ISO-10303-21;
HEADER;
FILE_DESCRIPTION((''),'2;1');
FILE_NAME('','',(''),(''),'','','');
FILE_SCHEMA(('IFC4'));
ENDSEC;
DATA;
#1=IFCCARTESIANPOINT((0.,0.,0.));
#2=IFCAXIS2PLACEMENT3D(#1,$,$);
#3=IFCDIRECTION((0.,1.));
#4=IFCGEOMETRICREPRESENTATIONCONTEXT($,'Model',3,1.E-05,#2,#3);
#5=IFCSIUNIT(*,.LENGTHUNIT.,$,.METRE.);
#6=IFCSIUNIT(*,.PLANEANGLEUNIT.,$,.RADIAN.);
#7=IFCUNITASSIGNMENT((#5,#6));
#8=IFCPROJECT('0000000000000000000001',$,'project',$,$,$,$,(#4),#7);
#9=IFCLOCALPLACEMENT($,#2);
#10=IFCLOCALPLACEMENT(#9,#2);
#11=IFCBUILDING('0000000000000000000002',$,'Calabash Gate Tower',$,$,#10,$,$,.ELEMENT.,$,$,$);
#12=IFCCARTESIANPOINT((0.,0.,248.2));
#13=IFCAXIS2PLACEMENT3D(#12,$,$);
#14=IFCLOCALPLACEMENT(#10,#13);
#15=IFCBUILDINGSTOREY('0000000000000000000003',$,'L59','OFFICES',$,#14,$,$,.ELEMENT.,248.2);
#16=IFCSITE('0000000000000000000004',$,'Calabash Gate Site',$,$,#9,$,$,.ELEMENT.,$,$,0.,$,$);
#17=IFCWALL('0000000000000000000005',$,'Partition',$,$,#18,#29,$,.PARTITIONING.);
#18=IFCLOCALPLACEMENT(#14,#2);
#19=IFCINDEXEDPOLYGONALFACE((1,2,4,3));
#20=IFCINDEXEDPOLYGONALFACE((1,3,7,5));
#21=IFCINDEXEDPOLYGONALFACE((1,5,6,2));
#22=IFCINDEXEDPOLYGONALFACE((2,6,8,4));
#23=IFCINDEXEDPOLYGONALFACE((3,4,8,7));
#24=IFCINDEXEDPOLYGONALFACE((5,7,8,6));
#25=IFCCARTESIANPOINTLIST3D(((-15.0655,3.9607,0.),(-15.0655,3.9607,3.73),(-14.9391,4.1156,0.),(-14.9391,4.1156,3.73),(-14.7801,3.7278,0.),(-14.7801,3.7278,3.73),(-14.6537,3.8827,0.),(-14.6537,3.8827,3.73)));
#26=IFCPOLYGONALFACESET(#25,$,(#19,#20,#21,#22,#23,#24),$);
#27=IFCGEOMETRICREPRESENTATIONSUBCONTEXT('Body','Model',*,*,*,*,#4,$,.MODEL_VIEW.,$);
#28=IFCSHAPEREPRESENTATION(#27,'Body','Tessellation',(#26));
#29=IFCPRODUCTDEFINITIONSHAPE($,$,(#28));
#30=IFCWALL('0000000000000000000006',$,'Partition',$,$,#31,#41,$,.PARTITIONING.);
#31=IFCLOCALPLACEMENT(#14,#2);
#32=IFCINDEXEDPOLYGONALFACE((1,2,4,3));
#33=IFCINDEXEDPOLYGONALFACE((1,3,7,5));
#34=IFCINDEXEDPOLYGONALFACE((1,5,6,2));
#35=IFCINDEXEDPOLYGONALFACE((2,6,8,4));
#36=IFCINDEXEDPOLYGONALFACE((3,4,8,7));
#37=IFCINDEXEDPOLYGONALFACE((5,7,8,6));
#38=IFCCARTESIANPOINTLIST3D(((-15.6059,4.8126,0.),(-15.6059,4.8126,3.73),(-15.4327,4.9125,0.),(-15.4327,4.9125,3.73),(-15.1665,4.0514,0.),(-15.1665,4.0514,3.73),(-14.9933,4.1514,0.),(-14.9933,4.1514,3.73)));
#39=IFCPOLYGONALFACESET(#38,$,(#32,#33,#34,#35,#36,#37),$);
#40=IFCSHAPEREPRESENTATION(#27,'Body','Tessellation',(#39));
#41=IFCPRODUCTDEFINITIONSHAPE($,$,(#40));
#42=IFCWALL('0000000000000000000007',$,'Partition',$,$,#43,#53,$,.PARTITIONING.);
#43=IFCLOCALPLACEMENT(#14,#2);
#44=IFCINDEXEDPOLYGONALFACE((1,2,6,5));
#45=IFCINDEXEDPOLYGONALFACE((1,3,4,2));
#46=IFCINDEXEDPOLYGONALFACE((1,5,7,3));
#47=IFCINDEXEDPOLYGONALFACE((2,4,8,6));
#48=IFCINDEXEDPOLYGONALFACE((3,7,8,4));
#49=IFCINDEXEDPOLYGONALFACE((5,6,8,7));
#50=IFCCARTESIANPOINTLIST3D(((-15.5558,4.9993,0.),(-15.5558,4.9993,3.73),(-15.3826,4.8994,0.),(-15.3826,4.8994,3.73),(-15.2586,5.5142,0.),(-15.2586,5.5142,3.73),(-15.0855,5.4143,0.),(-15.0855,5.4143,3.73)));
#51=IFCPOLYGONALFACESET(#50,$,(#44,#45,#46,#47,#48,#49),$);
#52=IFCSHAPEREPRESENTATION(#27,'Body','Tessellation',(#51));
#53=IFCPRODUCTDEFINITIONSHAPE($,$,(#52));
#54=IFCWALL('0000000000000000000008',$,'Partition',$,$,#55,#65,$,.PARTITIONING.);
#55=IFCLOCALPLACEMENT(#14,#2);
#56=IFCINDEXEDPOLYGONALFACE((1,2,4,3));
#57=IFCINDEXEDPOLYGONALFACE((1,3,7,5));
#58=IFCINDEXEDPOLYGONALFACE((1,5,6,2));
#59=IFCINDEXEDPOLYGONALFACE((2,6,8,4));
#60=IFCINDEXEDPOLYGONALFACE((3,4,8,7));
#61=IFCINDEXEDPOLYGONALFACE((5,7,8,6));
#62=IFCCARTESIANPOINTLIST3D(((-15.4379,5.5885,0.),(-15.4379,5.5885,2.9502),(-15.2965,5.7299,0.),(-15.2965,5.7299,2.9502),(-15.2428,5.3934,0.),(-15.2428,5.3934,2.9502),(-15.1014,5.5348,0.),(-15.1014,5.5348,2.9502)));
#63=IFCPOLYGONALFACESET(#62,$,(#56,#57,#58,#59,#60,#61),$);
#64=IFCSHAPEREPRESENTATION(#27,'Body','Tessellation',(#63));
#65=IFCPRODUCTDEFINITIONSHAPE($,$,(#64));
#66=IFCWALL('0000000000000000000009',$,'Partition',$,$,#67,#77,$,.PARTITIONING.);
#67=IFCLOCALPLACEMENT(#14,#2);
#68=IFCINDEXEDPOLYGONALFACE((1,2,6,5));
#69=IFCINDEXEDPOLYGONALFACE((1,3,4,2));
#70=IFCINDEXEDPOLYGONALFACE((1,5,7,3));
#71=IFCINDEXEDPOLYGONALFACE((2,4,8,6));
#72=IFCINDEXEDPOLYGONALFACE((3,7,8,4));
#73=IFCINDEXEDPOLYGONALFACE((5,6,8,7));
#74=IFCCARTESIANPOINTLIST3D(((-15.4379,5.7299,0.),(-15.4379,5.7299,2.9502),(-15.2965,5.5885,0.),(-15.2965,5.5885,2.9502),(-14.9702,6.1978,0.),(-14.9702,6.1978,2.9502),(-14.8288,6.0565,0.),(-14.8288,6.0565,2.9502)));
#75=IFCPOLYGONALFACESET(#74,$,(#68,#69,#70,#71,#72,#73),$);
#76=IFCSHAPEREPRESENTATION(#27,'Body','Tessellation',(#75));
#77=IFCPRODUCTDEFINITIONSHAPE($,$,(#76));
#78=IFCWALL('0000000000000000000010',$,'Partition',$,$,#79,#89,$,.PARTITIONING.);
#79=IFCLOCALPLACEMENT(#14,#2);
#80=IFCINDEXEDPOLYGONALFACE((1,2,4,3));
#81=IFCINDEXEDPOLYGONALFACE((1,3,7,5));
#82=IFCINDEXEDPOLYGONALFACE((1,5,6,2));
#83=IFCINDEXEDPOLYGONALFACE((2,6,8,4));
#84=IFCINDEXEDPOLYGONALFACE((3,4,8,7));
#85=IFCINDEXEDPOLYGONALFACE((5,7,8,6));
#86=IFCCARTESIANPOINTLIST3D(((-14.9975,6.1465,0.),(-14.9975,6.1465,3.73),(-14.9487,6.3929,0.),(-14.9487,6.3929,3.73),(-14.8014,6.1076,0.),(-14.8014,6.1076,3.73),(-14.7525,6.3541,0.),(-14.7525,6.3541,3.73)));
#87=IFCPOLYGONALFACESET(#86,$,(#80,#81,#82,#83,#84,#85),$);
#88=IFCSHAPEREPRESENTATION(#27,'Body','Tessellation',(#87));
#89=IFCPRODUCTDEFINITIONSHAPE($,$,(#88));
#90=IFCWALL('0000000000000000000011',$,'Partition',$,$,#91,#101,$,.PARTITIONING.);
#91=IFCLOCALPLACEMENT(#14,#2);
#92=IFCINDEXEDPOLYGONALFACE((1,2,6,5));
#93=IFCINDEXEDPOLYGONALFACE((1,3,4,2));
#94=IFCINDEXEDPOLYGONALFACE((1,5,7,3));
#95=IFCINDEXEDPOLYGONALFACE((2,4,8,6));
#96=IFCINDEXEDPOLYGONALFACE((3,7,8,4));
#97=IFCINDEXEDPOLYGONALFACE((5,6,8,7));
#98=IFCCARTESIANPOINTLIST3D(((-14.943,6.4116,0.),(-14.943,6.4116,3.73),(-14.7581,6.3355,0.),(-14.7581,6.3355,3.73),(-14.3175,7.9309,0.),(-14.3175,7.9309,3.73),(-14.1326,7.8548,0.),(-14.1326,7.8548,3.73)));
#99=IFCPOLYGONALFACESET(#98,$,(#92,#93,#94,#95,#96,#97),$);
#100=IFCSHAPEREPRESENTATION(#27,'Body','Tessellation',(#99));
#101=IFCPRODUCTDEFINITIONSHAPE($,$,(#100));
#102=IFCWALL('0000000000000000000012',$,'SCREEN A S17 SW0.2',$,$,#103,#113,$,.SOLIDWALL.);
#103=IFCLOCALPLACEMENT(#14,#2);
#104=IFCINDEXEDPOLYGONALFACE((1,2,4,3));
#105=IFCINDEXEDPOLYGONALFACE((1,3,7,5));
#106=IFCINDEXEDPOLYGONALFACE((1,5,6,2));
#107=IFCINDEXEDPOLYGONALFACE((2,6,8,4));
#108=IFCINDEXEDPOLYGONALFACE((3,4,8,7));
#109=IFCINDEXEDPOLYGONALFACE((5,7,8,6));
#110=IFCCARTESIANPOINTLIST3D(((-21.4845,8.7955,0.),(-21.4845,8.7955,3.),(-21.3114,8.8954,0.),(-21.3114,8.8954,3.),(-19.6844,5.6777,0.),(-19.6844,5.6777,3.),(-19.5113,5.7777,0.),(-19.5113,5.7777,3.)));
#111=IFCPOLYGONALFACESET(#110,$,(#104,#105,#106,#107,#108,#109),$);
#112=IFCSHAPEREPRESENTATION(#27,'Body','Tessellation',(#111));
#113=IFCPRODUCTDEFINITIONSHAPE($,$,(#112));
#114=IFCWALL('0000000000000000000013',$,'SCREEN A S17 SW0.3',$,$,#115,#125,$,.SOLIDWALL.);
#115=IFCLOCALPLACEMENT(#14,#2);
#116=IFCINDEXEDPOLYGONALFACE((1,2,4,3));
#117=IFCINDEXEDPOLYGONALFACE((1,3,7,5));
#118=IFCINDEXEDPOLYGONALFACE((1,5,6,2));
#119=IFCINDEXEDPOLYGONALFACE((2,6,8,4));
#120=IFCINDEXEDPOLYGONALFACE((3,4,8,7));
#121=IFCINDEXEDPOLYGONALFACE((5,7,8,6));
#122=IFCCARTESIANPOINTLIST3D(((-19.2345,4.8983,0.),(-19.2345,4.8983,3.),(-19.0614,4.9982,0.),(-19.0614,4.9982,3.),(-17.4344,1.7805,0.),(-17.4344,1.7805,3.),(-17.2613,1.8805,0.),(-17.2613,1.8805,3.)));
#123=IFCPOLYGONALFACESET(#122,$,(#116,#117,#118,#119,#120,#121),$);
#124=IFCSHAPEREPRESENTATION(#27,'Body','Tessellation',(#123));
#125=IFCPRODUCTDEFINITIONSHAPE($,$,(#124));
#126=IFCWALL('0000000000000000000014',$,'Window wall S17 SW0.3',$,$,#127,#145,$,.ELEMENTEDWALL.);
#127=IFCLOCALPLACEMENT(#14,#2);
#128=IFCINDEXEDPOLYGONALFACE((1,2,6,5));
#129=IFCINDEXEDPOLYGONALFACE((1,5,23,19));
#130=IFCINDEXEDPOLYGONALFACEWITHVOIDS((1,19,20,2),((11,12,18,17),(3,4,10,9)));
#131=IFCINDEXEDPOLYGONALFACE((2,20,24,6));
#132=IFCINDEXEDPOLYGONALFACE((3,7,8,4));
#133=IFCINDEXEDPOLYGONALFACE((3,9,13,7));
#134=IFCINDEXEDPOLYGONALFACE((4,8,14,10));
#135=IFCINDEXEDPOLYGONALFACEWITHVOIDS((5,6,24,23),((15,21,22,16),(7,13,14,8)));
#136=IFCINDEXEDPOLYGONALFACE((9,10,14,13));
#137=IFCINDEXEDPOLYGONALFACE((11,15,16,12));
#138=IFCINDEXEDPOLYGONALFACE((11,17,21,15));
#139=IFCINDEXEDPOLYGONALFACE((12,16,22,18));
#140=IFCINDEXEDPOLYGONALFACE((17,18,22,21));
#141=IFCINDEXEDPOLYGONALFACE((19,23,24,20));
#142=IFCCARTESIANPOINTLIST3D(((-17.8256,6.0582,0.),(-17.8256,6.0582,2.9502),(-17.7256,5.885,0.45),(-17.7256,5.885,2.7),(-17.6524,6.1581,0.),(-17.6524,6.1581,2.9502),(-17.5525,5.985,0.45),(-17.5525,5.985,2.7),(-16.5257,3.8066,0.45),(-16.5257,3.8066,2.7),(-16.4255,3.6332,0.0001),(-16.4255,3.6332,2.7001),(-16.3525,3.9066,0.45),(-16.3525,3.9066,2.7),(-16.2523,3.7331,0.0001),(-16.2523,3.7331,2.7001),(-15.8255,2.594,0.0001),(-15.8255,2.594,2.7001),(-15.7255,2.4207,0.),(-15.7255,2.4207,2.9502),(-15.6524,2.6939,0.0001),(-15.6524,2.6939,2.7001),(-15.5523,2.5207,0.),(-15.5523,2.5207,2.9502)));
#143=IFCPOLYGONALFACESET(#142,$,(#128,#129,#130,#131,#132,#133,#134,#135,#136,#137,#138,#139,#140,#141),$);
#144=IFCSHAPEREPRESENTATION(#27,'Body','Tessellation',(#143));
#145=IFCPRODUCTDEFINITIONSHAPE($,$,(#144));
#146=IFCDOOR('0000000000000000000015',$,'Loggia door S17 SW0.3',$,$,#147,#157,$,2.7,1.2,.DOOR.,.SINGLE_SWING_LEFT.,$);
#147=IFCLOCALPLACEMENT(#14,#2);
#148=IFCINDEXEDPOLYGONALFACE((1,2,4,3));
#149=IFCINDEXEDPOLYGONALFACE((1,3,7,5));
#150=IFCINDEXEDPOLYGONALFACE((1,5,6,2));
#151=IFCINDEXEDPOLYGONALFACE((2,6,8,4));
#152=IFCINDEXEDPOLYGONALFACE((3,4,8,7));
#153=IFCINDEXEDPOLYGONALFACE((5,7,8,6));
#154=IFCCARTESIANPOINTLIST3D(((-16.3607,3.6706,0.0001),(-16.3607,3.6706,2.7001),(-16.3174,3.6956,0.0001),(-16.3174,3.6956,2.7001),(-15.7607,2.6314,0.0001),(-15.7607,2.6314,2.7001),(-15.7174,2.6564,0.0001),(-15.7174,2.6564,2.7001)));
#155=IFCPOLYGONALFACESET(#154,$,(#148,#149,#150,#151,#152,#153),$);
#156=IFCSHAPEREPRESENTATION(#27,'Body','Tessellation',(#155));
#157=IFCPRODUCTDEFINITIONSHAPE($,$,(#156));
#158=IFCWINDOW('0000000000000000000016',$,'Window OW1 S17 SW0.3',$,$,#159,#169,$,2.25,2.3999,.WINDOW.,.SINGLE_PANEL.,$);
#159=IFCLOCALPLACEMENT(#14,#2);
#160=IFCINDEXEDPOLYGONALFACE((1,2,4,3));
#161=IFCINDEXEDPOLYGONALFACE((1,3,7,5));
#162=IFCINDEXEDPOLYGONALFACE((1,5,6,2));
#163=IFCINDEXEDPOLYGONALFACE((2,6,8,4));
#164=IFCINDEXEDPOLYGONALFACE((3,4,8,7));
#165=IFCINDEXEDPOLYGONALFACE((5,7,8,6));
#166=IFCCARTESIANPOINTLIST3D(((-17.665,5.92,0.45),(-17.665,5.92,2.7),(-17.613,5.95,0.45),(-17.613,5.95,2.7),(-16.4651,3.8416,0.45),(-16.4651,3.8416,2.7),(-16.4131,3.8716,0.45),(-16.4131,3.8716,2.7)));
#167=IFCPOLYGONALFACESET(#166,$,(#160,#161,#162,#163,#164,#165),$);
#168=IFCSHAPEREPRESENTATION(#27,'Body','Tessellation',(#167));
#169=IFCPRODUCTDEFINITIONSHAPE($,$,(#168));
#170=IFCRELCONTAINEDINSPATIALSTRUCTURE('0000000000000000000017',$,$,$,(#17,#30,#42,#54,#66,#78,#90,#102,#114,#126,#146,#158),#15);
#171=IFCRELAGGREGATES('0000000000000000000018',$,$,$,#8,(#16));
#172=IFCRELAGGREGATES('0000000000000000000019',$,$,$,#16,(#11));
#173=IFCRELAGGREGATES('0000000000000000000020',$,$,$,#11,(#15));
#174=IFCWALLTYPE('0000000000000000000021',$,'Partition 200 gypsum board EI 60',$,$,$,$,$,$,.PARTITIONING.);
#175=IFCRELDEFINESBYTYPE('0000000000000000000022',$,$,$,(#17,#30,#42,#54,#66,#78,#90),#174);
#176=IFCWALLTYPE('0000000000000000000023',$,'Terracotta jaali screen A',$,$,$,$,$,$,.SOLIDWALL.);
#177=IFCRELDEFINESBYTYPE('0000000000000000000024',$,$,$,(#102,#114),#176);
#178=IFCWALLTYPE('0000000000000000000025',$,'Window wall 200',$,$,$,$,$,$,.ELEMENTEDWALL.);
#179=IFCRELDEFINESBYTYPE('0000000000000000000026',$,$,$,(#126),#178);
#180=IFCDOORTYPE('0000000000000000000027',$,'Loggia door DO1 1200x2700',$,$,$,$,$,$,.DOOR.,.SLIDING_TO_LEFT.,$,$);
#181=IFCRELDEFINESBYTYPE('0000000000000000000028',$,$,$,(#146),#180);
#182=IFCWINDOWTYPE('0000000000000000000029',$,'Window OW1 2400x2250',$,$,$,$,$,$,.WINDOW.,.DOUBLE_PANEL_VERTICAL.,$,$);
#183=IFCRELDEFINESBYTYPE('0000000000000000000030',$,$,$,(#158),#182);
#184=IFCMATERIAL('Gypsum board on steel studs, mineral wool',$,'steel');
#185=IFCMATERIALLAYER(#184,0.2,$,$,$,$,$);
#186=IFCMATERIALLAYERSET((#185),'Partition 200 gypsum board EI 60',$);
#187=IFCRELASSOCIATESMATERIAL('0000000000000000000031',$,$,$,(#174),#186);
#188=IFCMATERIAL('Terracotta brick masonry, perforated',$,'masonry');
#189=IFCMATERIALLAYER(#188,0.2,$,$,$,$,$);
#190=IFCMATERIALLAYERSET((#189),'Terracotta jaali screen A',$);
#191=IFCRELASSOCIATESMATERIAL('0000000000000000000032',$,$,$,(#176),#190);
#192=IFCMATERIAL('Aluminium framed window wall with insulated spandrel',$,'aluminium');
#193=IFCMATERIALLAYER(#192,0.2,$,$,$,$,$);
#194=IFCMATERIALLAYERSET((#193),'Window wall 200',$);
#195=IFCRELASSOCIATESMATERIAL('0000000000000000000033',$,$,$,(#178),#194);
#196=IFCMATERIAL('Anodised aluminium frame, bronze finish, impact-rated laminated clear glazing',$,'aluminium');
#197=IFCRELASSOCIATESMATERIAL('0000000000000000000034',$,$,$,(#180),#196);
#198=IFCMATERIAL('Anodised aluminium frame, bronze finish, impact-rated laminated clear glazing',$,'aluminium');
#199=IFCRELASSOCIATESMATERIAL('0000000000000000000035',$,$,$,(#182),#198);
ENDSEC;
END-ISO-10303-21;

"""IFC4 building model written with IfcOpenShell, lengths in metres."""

from ifc_helpers import new_model, si_unit, direction, frame, frame_2d, origin, place, context, subcontext, project, spatial, rectangle, extrude, material, layer, layer_set, type_object, element, fill, save


model = new_model("IFC4")

# Units and contexts
model_context = context("Model", 3, precision=1e-05, world=origin(), true_north=direction((0.0, 1.0)))
body_context = subcontext(model_context, "Body", "Model", "MODEL_VIEW")
ifc_project = project(units=[si_unit("LENGTHUNIT", "METRE"), si_unit("PLANEANGLEUNIT", "RADIAN")], contexts=[model_context])

# Site, building, storey
site_placement = place(None, origin())
site = spatial("IfcSite", under=ifc_project, at=site_placement, Name="Calabash Gate Site", CompositionType="ELEMENT", RefElevation=0.0)
building_placement = place(site_placement, origin())
building = spatial("IfcBuilding", under=site, at=building_placement, Name="Calabash Gate Tower", CompositionType="ELEMENT")
storey_placement = place(building_placement, frame((0.0, 0.0, 248.2)))
storey = spatial("IfcBuildingStorey", under=building, at=storey_placement, Name="L59", Description="OFFICES", CompositionType="ELEMENT", Elevation=248.2)

# Walls
ifc_material_1 = material(Name="Gypsum board on steel studs, mineral wool", Category="steel")
ifc_layer_1 = layer(ifc_material_1, 0.2)
ifc_layer_set_1 = layer_set([ifc_layer_1], Name="Partition 200 gypsum board EI 60")
wall_type_1 = type_object("IfcWallType", Name="Partition 200 gypsum board EI 60", PredefinedType="PARTITIONING", material=ifc_layer_set_1)
wall_1_placement = place(storey_placement, frame((-15.0022, 4.0381, 0.0), z_axis=(0.0, 0.0, 1.0), x_axis=(0.774754, -0.632263, 0.0)))
element("IfcWall", 1, at=wall_1_placement, inside=storey, type_object=wall_type_1, Name="Partition", PredefinedType="PARTITIONING", context=body_context, shape_type="SweptSolid", body=[
    extrude(rectangle(XDim=0.3684, YDim=0.2, at=frame_2d((0.1841, 0.0))), origin(), (0.0, 0.0, 1.0), 3.73),
])
wall_2_placement = place(storey_placement, frame((-15.5193, 4.8625, 0.0), z_axis=(0.0, 0.0, 1.0), x_axis=(0.499963, -0.866047, 0.0)))
element("IfcWall", 2, at=wall_2_placement, inside=storey, type_object=wall_type_1, Name="Partition", PredefinedType="PARTITIONING", context=body_context, shape_type="SweptSolid", body=[
    extrude(rectangle(XDim=0.8789, YDim=0.2, at=frame_2d((0.4395, 0.0))), origin(), (0.0, 0.0, 1.0), 3.73),
])
wall_3_placement = place(storey_placement, frame((-15.4692, 4.9492, 0.0), z_axis=(0.0, 0.0, 1.0), x_axis=(0.499805, 0.866138, 0.0)))
element("IfcWall", 3, at=wall_3_placement, inside=storey, type_object=wall_type_1, Name="Partition", PredefinedType="PARTITIONING", context=body_context, shape_type="SweptSolid", body=[
    extrude(rectangle(XDim=0.5945, YDim=0.2, at=frame_2d((0.2974, 0.0))), origin(), (0.0, 0.0, 1.0), 3.73),
])
wall_4_placement = place(storey_placement, frame((-15.3672, 5.6592, 0.0), z_axis=(0.0, 0.0, 1.0), x_axis=(0.707107, -0.707107, 0.0)))
element("IfcWall", 4, at=wall_4_placement, inside=storey, type_object=wall_type_1, Name="Partition", PredefinedType="PARTITIONING", context=body_context, shape_type="SweptSolid", body=[
    extrude(rectangle(XDim=0.2759, YDim=0.2, at=frame_2d((0.1379, 0.0))), origin(), (0.0, 0.0, 1.0), 2.9502),
])
wall_5_placement = place(storey_placement, frame((-15.3672, 5.6592, 0.0), z_axis=(0.0, 0.0, 1.0), x_axis=(0.706922, 0.707291, 0.0)))
element("IfcWall", 5, at=wall_5_placement, inside=storey, type_object=wall_type_1, Name="Partition", PredefinedType="PARTITIONING", context=body_context, shape_type="SweptSolid", body=[
    extrude(rectangle(XDim=0.6616, YDim=0.2, at=frame_2d((0.3308, 0.0))), origin(), (0.0, 0.0, 1.0), 2.9502),
])
wall_6_placement = place(storey_placement, frame((-14.8994, 6.1272, 0.0), z_axis=(0.0, 0.0, 1.0), x_axis=(0.194433, 0.980916, 0.0)))
element("IfcWall", 6, at=wall_6_placement, inside=storey, type_object=wall_type_1, Name="Partition", PredefinedType="PARTITIONING", context=body_context, shape_type="SweptSolid", body=[
    extrude(rectangle(XDim=0.2512, YDim=0.2, at=frame_2d((0.1255, 0.0))), origin(), (0.0, 0.0, 1.0), 3.73),
])
wall_7_placement = place(storey_placement, frame((-14.8506, 6.3735, 0.0), z_axis=(0.0, 0.0, 1.0), x_axis=(0.380697, 0.9247, 0.0)))
element("IfcWall", 7, at=wall_7_placement, inside=storey, type_object=wall_type_1, Name="Partition", PredefinedType="PARTITIONING", context=body_context, shape_type="SweptSolid", body=[
    extrude(rectangle(XDim=1.6431, YDim=0.2, at=frame_2d((0.8215, 0.0))), origin(), (0.0, 0.0, 1.0), 3.73),
])
ifc_material_2 = material(Name="Terracotta brick masonry, perforated", Category="masonry")
ifc_layer_2 = layer(ifc_material_2, 0.2)
ifc_layer_set_2 = layer_set([ifc_layer_2], Name="Terracotta jaali screen A")
wall_type_2 = type_object("IfcWallType", Name="Terracotta jaali screen A", PredefinedType="SOLIDWALL", material=ifc_layer_set_2)
for number, where, z_axis, x_axis, name in (
    (8, (-21.3979, 8.8455, 0.0), (0.0, 0.0, 1.0), (0.500012, -0.866018, 0.0), "SCREEN A S17 SW0.2"),
    (9, (-19.1479, 4.9482, 0.0), (0.0, 0.0, 1.0), (0.500012, -0.866018, 0.0), "SCREEN A S17 SW0.3"),
):
    element("IfcWall", number, at=place(storey_placement, frame(where, z_axis=z_axis, x_axis=x_axis)), inside=storey, type_object=wall_type_2, Name=name, PredefinedType="SOLIDWALL", context=body_context, shape_type="SweptSolid", body=[
        extrude(rectangle(XDim=3.6001, YDim=0.2, at=frame_2d((1.8, 0.0))), origin(), (0.0, 0.0, 1.0), 3.0),
    ])

# Wall, openings, door, window
ifc_material_3 = material(Name="Aluminium framed window wall with insulated spandrel", Category="aluminium")
ifc_layer_3 = layer(ifc_material_3, 0.2)
ifc_layer_set_3 = layer_set([ifc_layer_3], Name="Window wall 200")
wall_type_3 = type_object("IfcWallType", Name="Window wall 200", PredefinedType="ELEMENTEDWALL", material=ifc_layer_set_3)
wall_8_placement = place(storey_placement, frame((-17.739, 6.1082, 0.0), z_axis=(0.0, 0.0, 1.0), x_axis=(0.500003, -0.866024, 0.0)))
wall_8 = element("IfcWall", 10, at=wall_8_placement, inside=storey, type_object=wall_type_3, Name="Window wall S17 SW0.3", PredefinedType="ELEMENTEDWALL", context=body_context, shape_type="SweptSolid", body=[
    extrude(rectangle(XDim=4.2002, YDim=0.2, at=frame_2d((2.1001, 0.0))), origin(), (0.0, 0.0, 1.0), 2.9502),
])
opening_1_placement = place(wall_8_placement, frame((0.2, 0.0, 0.45)))
opening_1 = element("IfcOpeningElement", 11, at=opening_1_placement, cuts=wall_8, PredefinedType="OPENING", context=body_context, shape_type="SweptSolid", body=[
    extrude(rectangle(XDim=2.3999, YDim=2.25, at=frame_2d((1.2, 1.125))), frame((0.0, 0.1099, 0.0), z_axis=(0.0, -1.0, 0.0), x_axis=(1.0, 0.0, 0.0)), (0.0, 0.0, 1.0), 0.22),
])
opening_2_placement = place(wall_8_placement, frame((2.8, 0.0, 0.0)))
opening_2 = element("IfcOpeningElement", 12, at=opening_2_placement, cuts=wall_8, PredefinedType="OPENING", context=body_context, shape_type="SweptSolid", body=[
    extrude(rectangle(XDim=1.2, YDim=2.7, at=frame_2d((0.6001, 1.3501))), frame((0.0, 0.1099, 0.0), z_axis=(0.0, -1.0, 0.0), x_axis=(1.0, 0.0, 0.0)), (0.0, 0.0, 1.0), 0.22),
])
ifc_material_4 = material(Name="Anodised aluminium frame, bronze finish, impact-rated laminated clear glazing", Category="aluminium")
door_type = type_object("IfcDoorType", Name="Loggia door DO1 1200x2700", OperationType="SLIDING_TO_LEFT", PredefinedType="DOOR", material=ifc_material_4)
door_placement = place(opening_2_placement, origin())
door = element("IfcDoor", 13, at=door_placement, inside=storey, type_object=door_type, Name="Loggia door S17 SW0.3", OperationType="SINGLE_SWING_LEFT", OverallHeight=2.7, OverallWidth=1.2, PredefinedType="DOOR", context=body_context, shape_type="SweptSolid", body=[
    extrude(rectangle(XDim=1.2, YDim=2.7, at=frame_2d((0.6001, 1.3501))), frame((0.0, 0.0249, 0.0), z_axis=(0.0, -1.0, 0.0), x_axis=(1.0, 0.0, 0.0)), (0.0, 0.0, 1.0), 0.05),
])
fill(opening_2, door)
ifc_material_5 = material(Name="Anodised aluminium frame, bronze finish, impact-rated laminated clear glazing", Category="aluminium")
window_type = type_object("IfcWindowType", Name="Window OW1 2400x2250", PartitioningType="DOUBLE_PANEL_VERTICAL", PredefinedType="WINDOW", material=ifc_material_5)
window_placement = place(opening_1_placement, origin())
window = element("IfcWindow", 14, at=window_placement, inside=storey, type_object=window_type, Name="Window OW1 S17 SW0.3", OverallHeight=2.25, OverallWidth=2.3999, PartitioningType="SINGLE_PANEL", PredefinedType="WINDOW", context=body_context, shape_type="SweptSolid", body=[
    extrude(rectangle(XDim=2.3999, YDim=2.25, at=frame_2d((1.2, 1.125))), frame((0.0, 0.03, 0.0), z_axis=(0.0, -1.0, 0.0), x_axis=(1.0, 0.0, 0.0)), (0.0, 0.0, 1.0), 0.0601),
])
fill(opening_1, window)

save(model, "model.ifc")
